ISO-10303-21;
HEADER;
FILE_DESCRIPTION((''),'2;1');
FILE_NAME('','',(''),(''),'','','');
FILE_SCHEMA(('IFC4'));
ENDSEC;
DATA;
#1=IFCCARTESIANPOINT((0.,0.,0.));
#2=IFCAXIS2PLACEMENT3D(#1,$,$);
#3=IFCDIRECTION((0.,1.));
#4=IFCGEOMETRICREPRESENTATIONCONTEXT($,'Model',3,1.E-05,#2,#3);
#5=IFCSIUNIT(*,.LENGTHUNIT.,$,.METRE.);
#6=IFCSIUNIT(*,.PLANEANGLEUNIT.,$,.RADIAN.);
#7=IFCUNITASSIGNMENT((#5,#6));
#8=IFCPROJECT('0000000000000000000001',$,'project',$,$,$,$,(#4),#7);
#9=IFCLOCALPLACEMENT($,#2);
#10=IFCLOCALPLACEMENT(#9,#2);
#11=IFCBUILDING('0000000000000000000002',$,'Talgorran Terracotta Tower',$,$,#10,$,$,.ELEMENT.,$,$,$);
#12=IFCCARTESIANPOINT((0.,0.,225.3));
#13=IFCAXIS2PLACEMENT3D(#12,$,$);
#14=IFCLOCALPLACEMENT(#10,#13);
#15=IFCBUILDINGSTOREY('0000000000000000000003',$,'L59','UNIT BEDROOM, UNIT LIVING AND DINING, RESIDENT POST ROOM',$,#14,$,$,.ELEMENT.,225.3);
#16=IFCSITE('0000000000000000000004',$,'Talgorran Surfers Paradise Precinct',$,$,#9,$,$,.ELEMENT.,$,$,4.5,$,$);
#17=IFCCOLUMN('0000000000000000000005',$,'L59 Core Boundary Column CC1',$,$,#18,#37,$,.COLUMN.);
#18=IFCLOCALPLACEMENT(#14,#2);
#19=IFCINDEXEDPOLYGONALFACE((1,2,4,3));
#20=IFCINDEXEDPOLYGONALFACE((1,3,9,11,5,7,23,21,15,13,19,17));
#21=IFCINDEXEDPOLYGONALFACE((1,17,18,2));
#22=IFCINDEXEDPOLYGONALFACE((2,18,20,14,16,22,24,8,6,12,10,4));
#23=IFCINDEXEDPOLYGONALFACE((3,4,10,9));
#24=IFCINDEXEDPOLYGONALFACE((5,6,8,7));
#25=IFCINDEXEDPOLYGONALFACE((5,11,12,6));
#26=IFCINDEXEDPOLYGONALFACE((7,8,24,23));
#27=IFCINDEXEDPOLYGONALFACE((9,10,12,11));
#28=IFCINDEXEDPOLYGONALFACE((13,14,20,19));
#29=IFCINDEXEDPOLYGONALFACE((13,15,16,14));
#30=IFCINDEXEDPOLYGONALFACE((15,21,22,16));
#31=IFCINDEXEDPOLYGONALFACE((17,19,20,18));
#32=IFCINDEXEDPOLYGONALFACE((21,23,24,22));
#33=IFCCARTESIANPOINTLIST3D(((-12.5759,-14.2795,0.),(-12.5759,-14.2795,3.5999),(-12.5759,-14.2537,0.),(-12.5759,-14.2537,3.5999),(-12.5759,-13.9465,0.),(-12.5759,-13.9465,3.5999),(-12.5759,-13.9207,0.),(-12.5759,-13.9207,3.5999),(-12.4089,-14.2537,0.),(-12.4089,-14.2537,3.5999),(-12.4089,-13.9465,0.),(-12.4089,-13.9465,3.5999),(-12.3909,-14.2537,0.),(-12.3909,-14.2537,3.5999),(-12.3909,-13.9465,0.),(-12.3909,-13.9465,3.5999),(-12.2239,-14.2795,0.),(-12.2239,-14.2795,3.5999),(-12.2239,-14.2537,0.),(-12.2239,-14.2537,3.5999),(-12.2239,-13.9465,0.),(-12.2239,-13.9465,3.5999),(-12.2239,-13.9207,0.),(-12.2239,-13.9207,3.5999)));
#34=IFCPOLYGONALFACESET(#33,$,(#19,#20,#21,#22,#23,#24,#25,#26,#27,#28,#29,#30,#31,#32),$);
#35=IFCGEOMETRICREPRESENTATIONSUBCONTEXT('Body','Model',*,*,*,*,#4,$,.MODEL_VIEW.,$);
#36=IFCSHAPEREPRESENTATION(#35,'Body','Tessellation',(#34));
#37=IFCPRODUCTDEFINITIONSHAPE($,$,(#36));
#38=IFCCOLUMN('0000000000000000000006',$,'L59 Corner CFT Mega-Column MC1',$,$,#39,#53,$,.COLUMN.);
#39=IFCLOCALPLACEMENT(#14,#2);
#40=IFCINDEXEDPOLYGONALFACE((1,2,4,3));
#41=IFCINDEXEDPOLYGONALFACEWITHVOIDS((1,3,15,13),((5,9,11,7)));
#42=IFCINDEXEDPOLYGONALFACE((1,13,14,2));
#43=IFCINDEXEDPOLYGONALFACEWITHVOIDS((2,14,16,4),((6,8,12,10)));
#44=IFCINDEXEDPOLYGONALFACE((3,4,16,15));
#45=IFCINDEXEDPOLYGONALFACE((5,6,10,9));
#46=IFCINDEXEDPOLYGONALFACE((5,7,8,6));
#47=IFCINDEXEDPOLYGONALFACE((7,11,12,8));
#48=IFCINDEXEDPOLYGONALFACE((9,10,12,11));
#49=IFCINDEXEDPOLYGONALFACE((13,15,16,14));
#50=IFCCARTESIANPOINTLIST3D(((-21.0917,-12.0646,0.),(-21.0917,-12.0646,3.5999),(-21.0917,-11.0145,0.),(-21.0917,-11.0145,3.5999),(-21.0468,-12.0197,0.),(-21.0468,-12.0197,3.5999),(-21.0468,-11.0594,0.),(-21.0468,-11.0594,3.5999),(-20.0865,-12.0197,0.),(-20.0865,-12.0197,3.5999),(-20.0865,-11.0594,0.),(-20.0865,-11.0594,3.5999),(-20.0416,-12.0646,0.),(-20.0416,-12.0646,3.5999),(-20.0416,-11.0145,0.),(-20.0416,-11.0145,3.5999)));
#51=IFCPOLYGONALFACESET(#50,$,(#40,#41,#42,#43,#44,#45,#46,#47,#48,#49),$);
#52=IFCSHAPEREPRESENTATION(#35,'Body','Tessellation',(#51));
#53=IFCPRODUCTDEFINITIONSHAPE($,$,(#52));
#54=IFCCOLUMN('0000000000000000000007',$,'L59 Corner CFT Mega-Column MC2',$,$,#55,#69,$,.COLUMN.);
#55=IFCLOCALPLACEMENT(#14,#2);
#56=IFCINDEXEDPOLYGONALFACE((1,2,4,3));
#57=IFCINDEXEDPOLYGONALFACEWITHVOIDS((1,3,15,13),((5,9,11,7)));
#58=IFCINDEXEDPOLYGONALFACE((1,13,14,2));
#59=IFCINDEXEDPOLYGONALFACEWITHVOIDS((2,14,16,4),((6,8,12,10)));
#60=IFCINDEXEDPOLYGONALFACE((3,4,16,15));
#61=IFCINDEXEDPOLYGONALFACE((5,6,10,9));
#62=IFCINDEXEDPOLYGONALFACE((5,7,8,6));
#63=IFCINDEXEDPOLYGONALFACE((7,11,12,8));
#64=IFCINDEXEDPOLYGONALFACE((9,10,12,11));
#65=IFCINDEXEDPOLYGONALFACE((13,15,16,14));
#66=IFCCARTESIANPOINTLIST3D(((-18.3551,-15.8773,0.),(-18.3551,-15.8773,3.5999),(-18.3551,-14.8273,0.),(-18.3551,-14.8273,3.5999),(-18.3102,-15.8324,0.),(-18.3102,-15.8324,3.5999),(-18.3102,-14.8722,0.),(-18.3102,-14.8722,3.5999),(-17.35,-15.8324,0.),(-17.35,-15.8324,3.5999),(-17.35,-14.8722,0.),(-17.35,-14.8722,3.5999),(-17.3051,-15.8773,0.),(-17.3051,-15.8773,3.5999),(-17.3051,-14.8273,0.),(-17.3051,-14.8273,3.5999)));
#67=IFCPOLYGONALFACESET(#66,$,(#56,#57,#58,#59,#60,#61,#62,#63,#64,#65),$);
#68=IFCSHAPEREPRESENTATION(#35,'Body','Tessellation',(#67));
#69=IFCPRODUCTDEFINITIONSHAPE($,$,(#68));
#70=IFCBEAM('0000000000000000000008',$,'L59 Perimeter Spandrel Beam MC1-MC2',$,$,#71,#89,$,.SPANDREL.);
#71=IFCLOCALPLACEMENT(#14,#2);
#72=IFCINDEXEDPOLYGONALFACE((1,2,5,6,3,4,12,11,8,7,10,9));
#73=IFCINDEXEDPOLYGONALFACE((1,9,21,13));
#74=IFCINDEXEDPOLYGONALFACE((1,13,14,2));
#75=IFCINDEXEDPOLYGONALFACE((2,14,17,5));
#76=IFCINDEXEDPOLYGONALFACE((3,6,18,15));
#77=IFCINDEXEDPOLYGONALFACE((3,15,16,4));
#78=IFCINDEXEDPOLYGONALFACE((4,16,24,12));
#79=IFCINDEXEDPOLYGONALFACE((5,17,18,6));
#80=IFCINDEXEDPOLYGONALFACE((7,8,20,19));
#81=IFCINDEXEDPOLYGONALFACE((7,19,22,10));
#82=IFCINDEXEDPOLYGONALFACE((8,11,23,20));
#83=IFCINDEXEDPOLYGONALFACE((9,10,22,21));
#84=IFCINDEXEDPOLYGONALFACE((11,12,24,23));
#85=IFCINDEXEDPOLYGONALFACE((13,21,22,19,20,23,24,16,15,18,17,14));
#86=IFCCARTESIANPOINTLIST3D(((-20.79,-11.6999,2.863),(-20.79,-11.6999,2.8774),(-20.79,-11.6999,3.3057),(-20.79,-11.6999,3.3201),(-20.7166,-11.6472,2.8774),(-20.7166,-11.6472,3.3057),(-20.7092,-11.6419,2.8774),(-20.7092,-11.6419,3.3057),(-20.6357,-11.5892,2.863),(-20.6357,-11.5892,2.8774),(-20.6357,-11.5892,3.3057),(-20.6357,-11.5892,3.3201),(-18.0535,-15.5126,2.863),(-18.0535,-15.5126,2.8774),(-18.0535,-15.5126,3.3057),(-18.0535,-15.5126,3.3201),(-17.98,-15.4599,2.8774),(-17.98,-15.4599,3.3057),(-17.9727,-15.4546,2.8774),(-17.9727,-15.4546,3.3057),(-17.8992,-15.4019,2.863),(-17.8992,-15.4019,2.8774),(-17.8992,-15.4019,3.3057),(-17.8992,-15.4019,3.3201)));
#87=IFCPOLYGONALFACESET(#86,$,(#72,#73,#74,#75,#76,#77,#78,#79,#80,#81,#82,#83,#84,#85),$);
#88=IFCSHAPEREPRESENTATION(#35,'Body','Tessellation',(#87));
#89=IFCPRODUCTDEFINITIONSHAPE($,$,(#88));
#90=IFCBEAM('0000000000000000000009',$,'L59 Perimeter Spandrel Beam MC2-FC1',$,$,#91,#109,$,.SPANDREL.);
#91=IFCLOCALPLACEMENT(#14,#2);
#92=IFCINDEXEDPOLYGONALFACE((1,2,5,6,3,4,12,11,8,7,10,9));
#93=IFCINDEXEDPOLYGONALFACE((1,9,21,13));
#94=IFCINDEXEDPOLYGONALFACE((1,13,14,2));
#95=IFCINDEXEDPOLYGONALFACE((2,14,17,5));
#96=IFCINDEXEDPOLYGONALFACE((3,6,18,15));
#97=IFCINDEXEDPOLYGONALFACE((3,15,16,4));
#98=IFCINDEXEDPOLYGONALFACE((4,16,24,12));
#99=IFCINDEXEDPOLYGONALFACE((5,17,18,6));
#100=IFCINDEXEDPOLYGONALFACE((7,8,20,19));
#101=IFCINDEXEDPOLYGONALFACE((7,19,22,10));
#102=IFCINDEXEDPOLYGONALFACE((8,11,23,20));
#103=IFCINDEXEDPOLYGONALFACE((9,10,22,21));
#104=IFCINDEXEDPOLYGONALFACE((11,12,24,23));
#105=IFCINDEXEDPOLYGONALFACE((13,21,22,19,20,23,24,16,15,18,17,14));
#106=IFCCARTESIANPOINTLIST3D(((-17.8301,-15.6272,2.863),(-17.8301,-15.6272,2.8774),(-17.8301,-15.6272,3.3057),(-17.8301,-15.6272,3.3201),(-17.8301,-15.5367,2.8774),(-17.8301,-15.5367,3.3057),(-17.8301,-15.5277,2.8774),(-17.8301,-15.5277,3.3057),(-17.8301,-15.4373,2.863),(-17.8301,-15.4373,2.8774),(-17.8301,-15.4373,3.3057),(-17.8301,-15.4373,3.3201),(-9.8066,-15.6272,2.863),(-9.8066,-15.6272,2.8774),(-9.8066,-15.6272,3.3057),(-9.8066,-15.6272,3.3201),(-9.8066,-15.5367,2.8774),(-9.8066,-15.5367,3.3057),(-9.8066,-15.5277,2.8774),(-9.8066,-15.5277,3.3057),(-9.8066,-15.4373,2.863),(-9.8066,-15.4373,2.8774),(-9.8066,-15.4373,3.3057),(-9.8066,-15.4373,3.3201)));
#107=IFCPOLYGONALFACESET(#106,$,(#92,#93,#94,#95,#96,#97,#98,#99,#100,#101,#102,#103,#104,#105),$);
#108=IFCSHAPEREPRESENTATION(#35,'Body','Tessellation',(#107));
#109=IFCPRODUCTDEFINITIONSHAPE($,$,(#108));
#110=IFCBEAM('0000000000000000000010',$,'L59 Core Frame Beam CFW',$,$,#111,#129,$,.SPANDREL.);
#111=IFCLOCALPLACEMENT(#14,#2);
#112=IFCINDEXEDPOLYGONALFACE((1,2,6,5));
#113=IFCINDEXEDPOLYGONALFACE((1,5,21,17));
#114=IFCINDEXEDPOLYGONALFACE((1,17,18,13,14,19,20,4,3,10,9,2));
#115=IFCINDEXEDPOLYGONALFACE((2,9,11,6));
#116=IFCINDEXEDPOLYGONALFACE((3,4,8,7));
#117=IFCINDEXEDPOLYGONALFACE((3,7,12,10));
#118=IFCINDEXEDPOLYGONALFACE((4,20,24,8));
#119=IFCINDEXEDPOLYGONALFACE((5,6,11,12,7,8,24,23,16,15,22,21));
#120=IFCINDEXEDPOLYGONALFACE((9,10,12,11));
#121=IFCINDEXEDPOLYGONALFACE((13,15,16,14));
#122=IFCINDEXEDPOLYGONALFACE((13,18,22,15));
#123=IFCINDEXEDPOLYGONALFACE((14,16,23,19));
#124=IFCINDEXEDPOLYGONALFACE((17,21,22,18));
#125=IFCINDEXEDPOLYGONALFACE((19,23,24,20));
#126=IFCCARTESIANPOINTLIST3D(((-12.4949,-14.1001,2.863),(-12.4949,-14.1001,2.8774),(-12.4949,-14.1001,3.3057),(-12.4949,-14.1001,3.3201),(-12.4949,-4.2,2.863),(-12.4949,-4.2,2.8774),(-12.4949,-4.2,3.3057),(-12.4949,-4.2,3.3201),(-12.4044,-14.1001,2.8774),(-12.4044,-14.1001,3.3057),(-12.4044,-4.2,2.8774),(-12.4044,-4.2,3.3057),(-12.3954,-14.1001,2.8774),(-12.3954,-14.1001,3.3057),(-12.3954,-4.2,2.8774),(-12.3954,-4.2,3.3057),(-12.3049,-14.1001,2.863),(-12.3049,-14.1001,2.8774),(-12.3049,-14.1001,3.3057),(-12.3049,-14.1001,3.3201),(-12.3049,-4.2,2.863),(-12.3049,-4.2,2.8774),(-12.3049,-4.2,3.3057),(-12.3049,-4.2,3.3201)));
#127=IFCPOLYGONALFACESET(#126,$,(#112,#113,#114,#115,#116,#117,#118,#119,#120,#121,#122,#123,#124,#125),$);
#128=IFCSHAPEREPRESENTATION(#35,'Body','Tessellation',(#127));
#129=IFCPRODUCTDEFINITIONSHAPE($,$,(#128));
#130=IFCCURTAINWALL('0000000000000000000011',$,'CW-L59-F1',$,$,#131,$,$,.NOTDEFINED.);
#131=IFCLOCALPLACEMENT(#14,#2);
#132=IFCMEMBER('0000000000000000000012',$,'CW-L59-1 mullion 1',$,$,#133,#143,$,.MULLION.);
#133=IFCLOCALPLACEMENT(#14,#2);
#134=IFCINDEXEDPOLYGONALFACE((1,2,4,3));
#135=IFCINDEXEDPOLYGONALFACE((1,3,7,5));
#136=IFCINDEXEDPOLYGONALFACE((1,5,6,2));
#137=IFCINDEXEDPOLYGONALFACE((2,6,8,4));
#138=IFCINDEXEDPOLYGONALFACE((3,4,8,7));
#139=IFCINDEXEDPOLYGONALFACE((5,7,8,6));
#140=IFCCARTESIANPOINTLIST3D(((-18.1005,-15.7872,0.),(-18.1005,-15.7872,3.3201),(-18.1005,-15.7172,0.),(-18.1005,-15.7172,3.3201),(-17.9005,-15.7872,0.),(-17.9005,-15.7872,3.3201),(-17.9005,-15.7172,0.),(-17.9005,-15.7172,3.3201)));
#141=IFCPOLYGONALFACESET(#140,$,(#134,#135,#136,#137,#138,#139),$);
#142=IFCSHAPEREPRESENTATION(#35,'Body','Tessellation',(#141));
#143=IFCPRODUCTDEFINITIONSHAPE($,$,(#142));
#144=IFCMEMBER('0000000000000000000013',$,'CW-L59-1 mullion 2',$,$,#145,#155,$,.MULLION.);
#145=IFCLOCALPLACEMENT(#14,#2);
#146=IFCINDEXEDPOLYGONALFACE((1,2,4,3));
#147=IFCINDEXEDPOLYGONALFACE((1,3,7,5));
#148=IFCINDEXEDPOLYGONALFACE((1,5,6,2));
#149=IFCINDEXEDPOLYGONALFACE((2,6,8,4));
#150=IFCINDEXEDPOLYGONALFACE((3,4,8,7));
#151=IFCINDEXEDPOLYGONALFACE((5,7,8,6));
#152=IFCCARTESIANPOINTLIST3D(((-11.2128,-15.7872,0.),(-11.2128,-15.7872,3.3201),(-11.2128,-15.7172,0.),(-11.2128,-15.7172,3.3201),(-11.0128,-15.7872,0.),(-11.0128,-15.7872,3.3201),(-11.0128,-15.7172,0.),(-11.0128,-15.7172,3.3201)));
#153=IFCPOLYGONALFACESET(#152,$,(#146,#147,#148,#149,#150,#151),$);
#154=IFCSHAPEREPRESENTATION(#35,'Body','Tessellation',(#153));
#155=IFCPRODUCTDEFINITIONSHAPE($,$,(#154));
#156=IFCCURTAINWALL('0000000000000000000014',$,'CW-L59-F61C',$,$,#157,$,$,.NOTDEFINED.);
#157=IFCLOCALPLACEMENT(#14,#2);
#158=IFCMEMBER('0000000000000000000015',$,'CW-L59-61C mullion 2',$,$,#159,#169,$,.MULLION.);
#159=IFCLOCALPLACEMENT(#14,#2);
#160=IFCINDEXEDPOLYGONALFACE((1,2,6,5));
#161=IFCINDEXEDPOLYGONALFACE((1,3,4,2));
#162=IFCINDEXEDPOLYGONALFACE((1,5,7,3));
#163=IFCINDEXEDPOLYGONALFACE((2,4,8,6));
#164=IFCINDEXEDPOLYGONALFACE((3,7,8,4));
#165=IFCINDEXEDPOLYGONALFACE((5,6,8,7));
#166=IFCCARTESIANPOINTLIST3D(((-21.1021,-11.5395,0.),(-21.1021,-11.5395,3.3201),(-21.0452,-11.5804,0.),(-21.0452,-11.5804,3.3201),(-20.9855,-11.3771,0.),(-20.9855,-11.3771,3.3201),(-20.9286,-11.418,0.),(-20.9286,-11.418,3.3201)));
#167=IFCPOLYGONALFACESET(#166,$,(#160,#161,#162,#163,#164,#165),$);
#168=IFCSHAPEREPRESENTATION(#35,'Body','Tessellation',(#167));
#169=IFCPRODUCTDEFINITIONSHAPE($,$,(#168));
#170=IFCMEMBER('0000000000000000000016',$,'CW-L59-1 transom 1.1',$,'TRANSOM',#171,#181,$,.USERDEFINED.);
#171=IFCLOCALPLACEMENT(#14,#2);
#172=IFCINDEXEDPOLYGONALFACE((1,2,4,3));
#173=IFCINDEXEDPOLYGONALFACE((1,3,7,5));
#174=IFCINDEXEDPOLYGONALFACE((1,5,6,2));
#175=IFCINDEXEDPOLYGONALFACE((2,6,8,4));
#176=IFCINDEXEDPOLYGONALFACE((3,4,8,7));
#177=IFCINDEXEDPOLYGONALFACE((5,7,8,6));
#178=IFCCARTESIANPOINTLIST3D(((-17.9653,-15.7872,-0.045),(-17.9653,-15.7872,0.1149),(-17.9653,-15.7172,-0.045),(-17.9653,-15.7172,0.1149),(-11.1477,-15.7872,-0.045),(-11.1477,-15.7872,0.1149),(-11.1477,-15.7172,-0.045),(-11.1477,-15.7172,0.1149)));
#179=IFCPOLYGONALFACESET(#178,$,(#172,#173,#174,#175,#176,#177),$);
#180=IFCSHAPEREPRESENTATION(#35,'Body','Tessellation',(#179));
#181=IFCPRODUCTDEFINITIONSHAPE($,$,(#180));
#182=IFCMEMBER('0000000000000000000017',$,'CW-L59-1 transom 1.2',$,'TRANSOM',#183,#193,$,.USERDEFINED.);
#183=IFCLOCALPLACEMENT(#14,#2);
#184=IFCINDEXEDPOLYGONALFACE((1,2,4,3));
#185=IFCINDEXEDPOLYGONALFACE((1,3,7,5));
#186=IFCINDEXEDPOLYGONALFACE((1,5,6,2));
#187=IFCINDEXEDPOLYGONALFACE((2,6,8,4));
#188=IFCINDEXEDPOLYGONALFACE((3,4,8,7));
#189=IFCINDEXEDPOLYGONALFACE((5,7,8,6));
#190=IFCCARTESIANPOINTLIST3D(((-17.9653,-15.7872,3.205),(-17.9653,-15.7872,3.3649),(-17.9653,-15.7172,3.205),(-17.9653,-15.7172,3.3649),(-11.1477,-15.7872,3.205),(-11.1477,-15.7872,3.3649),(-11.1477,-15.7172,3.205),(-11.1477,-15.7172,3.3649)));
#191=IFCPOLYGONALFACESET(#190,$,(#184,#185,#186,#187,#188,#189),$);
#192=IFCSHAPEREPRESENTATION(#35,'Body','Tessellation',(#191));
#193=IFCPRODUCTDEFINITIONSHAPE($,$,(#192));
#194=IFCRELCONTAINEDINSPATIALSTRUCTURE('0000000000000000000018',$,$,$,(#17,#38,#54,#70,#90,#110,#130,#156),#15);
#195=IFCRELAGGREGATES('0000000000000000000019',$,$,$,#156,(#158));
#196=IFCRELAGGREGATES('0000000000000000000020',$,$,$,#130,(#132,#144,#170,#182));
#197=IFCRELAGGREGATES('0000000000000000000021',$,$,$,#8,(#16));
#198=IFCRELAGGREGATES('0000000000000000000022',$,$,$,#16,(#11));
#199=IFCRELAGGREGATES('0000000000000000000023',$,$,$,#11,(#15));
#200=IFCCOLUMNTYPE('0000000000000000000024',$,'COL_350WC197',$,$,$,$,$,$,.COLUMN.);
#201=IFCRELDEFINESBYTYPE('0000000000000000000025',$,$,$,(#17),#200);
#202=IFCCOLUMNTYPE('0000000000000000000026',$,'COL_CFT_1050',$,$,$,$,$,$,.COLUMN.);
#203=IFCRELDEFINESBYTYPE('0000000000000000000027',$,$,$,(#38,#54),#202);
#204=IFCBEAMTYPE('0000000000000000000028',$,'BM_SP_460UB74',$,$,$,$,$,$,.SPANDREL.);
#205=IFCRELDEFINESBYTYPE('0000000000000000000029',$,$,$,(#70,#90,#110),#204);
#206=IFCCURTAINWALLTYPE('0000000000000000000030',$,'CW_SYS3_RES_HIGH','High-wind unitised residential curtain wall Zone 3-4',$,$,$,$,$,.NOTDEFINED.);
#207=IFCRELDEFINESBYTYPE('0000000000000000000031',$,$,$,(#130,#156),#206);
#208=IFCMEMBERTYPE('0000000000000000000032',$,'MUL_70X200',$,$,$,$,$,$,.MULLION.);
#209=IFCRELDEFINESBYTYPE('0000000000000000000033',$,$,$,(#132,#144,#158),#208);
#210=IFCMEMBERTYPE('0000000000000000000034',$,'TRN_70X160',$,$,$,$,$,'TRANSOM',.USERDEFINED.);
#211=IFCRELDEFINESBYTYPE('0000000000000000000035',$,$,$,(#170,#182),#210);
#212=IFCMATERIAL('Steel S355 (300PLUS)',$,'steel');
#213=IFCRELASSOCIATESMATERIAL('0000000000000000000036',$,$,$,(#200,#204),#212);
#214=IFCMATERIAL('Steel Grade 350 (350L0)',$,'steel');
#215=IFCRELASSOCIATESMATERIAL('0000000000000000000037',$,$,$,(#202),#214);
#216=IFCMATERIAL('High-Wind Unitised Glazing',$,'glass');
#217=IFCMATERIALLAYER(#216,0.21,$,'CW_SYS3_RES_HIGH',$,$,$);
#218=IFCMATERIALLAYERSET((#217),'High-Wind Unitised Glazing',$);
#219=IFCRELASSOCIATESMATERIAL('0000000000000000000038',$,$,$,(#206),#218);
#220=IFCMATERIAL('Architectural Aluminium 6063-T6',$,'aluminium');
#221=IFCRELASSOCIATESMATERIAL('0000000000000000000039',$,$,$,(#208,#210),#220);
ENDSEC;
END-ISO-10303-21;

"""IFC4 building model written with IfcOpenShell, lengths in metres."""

from ifc_helpers import new_model, si_unit, direction, frame, origin, origin_2d, place, context, subcontext, project, spatial, rectangle, hollow_rectangle, i_section, extrude, material, layer, layer_set, material_profile, profile_set, type_object, element, aggregate, save


model = new_model("IFC4")

# Units and contexts
model_context = context("Model", 3, precision=1e-05, world=origin(), true_north=direction((0.0, 1.0)))
body_context = subcontext(model_context, "Body", "Model", "MODEL_VIEW")
ifc_project = project(units=[si_unit("LENGTHUNIT", "METRE"), si_unit("PLANEANGLEUNIT", "RADIAN")], contexts=[model_context])

# Site, building, storey
site_placement = place(None, origin())
site = spatial("IfcSite", under=ifc_project, at=site_placement, Name="Talgorran Surfers Paradise Precinct", CompositionType="ELEMENT", RefElevation=4.5)
building_placement = place(site_placement, origin())
building = spatial("IfcBuilding", under=site, at=building_placement, Name="Talgorran Terracotta Tower", CompositionType="ELEMENT")
storey_placement = place(building_placement, frame((0.0, 0.0, 225.3)))
storey = spatial("IfcBuildingStorey", under=building, at=storey_placement, Name="L59", Description="UNIT BEDROOM, UNIT LIVING AND DINING, RESIDENT POST ROOM", CompositionType="ELEMENT", Elevation=225.3)

# Columns
ifc_material_1 = material(Name="Steel S355 (300PLUS)", Category="steel")
ifc_material_profile_1 = material_profile(ifc_material_1, i_section(OverallWidth=0.3521, OverallDepth=0.3589, WebThickness=0.0181, FlangeThickness=0.0259, at=origin_2d()), Name="350WC197")
ifc_profile_set_1 = profile_set([ifc_material_profile_1], Name="Steel S355 (300PLUS)")
column_type_1 = type_object("IfcColumnType", Name="COL_350WC197", PredefinedType="COLUMN", material=ifc_profile_set_1)
column_placement = place(storey_placement, frame((-12.3999, -14.1001, 0.0), z_axis=(0.0, 0.0, 1.0), x_axis=(1.0, 0.0, 0.0)))
element("IfcColumn", 1, at=column_placement, inside=storey, type_object=column_type_1, Name="L59 Core Boundary Column CC1", PredefinedType="COLUMN", context=body_context, shape_type="SweptSolid", body=[
    extrude(i_section(OverallWidth=0.3521, OverallDepth=0.3589, WebThickness=0.0181, FlangeThickness=0.0259, at=origin_2d()), origin(), (0.0, 0.0, 1.0), 3.5999),
])
ifc_material_2 = material(Name="Steel Grade 350 (350L0)", Category="steel")
ifc_material_profile_2 = material_profile(ifc_material_2, hollow_rectangle(XDim=1.05, YDim=1.05, WallThickness=0.0449, at=origin_2d()), Name="CFT1050X1050X45")
ifc_profile_set_2 = profile_set([ifc_material_profile_2], Name="Steel Grade 350 (350L0)")
column_type_2 = type_object("IfcColumnType", Name="COL_CFT_1050", PredefinedType="COLUMN", material=ifc_profile_set_2)
for number, where, z_axis, x_axis, name in (
    (2, (-20.5667, -11.5396, 0.0), (0.0, 0.0, 1.0), (1.0, 0.0, 0.0), "L59 Corner CFT Mega-Column MC1"),
    (3, (-17.8301, -15.3523, 0.0), (0.0, 0.0, 1.0), (1.0, 0.0, 0.0), "L59 Corner CFT Mega-Column MC2"),
):
    element("IfcColumn", number, at=place(storey_placement, frame(where, z_axis=z_axis, x_axis=x_axis)), inside=storey, type_object=column_type_2, Name=name, PredefinedType="COLUMN", context=body_context, shape_type="SweptSolid", body=[
        extrude(hollow_rectangle(XDim=1.05, YDim=1.05, WallThickness=0.0449, at=origin_2d()), origin(), (0.0, 0.0, 1.0), 3.5999),
    ])

# Beams
ifc_material_profile_3 = material_profile(ifc_material_1, i_section(OverallWidth=0.1899, OverallDepth=0.457, WebThickness=0.009, FlangeThickness=0.0144, at=origin_2d()), Name="460UB74.6")
ifc_profile_set_3 = profile_set([ifc_material_profile_3], Name="Steel S355 (300PLUS)")
beam_type = type_object("IfcBeamType", Name="BM_SP_460UB74", PredefinedType="SPANDREL", material=ifc_profile_set_3)
beam_1_placement = place(storey_placement, frame((-20.7129, -11.6445, 3.0916), z_axis=(0.583097, -0.812403, 0.0), x_axis=(0.812403, 0.583097, 0.0)))
element("IfcBeam", 4, at=beam_1_placement, inside=storey, type_object=beam_type, Name="L59 Perimeter Spandrel Beam MC1-MC2", PredefinedType="SPANDREL", context=body_context, shape_type="SweptSolid", body=[
    extrude(i_section(OverallWidth=0.1899, OverallDepth=0.457, WebThickness=0.009, FlangeThickness=0.0144, at=origin_2d()), origin(), (0.0, 0.0, 1.0), 4.6931),
])
beam_2_placement = place(storey_placement, frame((-17.8301, -15.5322, 3.0916), z_axis=(1.0, 0.0, 0.0), x_axis=(0.0, 1.0, 0.0)))
element("IfcBeam", 5, at=beam_2_placement, inside=storey, type_object=beam_type, Name="L59 Perimeter Spandrel Beam MC2-FC1", PredefinedType="SPANDREL", context=body_context, shape_type="SweptSolid", body=[
    extrude(i_section(OverallWidth=0.1899, OverallDepth=0.457, WebThickness=0.009, FlangeThickness=0.0144, at=origin_2d()), origin(), (0.0, 0.0, 1.0), 8.0234),
])
beam_3_placement = place(storey_placement, frame((-12.3999, -14.1001, 3.0916), z_axis=(0.0, 1.0, 0.0), x_axis=(-1.0, 0.0, 0.0)))
element("IfcBeam", 6, at=beam_3_placement, inside=storey, type_object=beam_type, Name="L59 Core Frame Beam CFW", PredefinedType="SPANDREL", context=body_context, shape_type="SweptSolid", body=[
    extrude(i_section(OverallWidth=0.1899, OverallDepth=0.457, WebThickness=0.009, FlangeThickness=0.0144, at=origin_2d()), origin(), (0.0, 0.0, 1.0), 9.9001),
])

# Curtain wall, members
ifc_material_3 = material(Name="High-Wind Unitised Glazing", Category="glass")
ifc_layer_1 = layer(ifc_material_3, 0.21, Name="CW_SYS3_RES_HIGH")
ifc_layer_set_1 = layer_set([ifc_layer_1], Name="High-Wind Unitised Glazing")
curtain_wall_type = type_object("IfcCurtainWallType", Name="CW_SYS3_RES_HIGH", Description="High-wind unitised residential curtain wall Zone 3-4", PredefinedType="NOTDEFINED", material=ifc_layer_set_1)
curtain_wall_1_placement = place(storey_placement, origin())
curtain_wall_1 = element("IfcCurtainWall", 7, at=curtain_wall_1_placement, inside=storey, type_object=curtain_wall_type, Name="CW-L59-F1", PredefinedType="NOTDEFINED")
ifc_material_4 = material(Name="Architectural Aluminium 6063-T6", Category="aluminium")
ifc_material_profile_4 = material_profile(ifc_material_4, rectangle(XDim=0.0701, YDim=0.2, at=origin_2d()), Name="CWM70X200")
ifc_profile_set_4 = profile_set([ifc_material_profile_4], Name="Architectural Aluminium 6063-T6")
member_type_1 = type_object("IfcMemberType", Name="MUL_70X200", PredefinedType="MULLION", material=ifc_profile_set_4)
member_1_placement = place(storey_placement, frame((-18.0005, -15.7522, 0.0), z_axis=(0.0, 0.0, 1.0), x_axis=(0.0, 1.0, 0.0)))
member_1 = element("IfcMember", 8, at=member_1_placement, type_object=member_type_1, Name="CW-L59-1 mullion 1", PredefinedType="MULLION", context=body_context, shape_type="SweptSolid", body=[
    extrude(rectangle(XDim=0.0701, YDim=0.2, at=origin_2d()), origin(), (0.0, 0.0, 1.0), 3.3201),
])
member_2_placement = place(storey_placement, frame((-11.1128, -15.7522, 0.0), z_axis=(0.0, 0.0, 1.0), x_axis=(0.0, 1.0, 0.0)))
member_2 = element("IfcMember", 9, at=member_2_placement, type_object=member_type_1, Name="CW-L59-1 mullion 2", PredefinedType="MULLION", context=body_context, shape_type="SweptSolid", body=[
    extrude(rectangle(XDim=0.0701, YDim=0.2, at=origin_2d()), origin(), (0.0, 0.0, 1.0), 3.3201),
])

# Curtain wall, member
curtain_wall_2_placement = place(storey_placement, origin())
curtain_wall_2 = element("IfcCurtainWall", 10, at=curtain_wall_2_placement, inside=storey, type_object=curtain_wall_type, Name="CW-L59-F61C", PredefinedType="NOTDEFINED")
member_3_placement = place(storey_placement, frame((-21.0154, -11.4788, 0.0), z_axis=(0.0, 0.0, 1.0), x_axis=(0.812389, -0.583116, 0.0)))
member_3 = element("IfcMember", 11, at=member_3_placement, type_object=member_type_1, Name="CW-L59-61C mullion 2", PredefinedType="MULLION", context=body_context, shape_type="SweptSolid", body=[
    extrude(rectangle(XDim=0.0701, YDim=0.2, at=origin_2d()), origin(), (0.0, 0.0, 1.0), 3.3201),
])
aggregate(curtain_wall_2, [member_3])

# Members
ifc_material_profile_5 = material_profile(ifc_material_4, rectangle(XDim=0.0701, YDim=0.1599, at=origin_2d()), Name="CWT70X160")
ifc_profile_set_5 = profile_set([ifc_material_profile_5], Name="Architectural Aluminium 6063-T6")
member_type_2 = type_object("IfcMemberType", Name="TRN_70X160", ElementType="TRANSOM", PredefinedType="USERDEFINED", material=ifc_profile_set_5)
member_4_placement = place(storey_placement, frame((-17.9653, -15.7522, 0.0349), z_axis=(1.0, 0.0, 0.0), x_axis=(0.0, 1.0, 0.0)))
member_4 = element("IfcMember", 12, at=member_4_placement, type_object=member_type_2, Name="CW-L59-1 transom 1.1", ObjectType="TRANSOM", PredefinedType="USERDEFINED", context=body_context, shape_type="SweptSolid", body=[
    extrude(rectangle(XDim=0.0701, YDim=0.1599, at=origin_2d()), origin(), (0.0, 0.0, 1.0), 6.8176),
])
member_5_placement = place(storey_placement, frame((-17.9653, -15.7522, 3.2849), z_axis=(1.0, 0.0, 0.0), x_axis=(0.0, 1.0, 0.0)))
member_5 = element("IfcMember", 13, at=member_5_placement, type_object=member_type_2, Name="CW-L59-1 transom 1.2", ObjectType="TRANSOM", PredefinedType="USERDEFINED", context=body_context, shape_type="SweptSolid", body=[
    extrude(rectangle(XDim=0.0701, YDim=0.1599, at=origin_2d()), origin(), (0.0, 0.0, 1.0), 6.8176),
])

aggregate(curtain_wall_1, [member_1, member_2, member_4, member_5])

save(model, "model.ifc")
